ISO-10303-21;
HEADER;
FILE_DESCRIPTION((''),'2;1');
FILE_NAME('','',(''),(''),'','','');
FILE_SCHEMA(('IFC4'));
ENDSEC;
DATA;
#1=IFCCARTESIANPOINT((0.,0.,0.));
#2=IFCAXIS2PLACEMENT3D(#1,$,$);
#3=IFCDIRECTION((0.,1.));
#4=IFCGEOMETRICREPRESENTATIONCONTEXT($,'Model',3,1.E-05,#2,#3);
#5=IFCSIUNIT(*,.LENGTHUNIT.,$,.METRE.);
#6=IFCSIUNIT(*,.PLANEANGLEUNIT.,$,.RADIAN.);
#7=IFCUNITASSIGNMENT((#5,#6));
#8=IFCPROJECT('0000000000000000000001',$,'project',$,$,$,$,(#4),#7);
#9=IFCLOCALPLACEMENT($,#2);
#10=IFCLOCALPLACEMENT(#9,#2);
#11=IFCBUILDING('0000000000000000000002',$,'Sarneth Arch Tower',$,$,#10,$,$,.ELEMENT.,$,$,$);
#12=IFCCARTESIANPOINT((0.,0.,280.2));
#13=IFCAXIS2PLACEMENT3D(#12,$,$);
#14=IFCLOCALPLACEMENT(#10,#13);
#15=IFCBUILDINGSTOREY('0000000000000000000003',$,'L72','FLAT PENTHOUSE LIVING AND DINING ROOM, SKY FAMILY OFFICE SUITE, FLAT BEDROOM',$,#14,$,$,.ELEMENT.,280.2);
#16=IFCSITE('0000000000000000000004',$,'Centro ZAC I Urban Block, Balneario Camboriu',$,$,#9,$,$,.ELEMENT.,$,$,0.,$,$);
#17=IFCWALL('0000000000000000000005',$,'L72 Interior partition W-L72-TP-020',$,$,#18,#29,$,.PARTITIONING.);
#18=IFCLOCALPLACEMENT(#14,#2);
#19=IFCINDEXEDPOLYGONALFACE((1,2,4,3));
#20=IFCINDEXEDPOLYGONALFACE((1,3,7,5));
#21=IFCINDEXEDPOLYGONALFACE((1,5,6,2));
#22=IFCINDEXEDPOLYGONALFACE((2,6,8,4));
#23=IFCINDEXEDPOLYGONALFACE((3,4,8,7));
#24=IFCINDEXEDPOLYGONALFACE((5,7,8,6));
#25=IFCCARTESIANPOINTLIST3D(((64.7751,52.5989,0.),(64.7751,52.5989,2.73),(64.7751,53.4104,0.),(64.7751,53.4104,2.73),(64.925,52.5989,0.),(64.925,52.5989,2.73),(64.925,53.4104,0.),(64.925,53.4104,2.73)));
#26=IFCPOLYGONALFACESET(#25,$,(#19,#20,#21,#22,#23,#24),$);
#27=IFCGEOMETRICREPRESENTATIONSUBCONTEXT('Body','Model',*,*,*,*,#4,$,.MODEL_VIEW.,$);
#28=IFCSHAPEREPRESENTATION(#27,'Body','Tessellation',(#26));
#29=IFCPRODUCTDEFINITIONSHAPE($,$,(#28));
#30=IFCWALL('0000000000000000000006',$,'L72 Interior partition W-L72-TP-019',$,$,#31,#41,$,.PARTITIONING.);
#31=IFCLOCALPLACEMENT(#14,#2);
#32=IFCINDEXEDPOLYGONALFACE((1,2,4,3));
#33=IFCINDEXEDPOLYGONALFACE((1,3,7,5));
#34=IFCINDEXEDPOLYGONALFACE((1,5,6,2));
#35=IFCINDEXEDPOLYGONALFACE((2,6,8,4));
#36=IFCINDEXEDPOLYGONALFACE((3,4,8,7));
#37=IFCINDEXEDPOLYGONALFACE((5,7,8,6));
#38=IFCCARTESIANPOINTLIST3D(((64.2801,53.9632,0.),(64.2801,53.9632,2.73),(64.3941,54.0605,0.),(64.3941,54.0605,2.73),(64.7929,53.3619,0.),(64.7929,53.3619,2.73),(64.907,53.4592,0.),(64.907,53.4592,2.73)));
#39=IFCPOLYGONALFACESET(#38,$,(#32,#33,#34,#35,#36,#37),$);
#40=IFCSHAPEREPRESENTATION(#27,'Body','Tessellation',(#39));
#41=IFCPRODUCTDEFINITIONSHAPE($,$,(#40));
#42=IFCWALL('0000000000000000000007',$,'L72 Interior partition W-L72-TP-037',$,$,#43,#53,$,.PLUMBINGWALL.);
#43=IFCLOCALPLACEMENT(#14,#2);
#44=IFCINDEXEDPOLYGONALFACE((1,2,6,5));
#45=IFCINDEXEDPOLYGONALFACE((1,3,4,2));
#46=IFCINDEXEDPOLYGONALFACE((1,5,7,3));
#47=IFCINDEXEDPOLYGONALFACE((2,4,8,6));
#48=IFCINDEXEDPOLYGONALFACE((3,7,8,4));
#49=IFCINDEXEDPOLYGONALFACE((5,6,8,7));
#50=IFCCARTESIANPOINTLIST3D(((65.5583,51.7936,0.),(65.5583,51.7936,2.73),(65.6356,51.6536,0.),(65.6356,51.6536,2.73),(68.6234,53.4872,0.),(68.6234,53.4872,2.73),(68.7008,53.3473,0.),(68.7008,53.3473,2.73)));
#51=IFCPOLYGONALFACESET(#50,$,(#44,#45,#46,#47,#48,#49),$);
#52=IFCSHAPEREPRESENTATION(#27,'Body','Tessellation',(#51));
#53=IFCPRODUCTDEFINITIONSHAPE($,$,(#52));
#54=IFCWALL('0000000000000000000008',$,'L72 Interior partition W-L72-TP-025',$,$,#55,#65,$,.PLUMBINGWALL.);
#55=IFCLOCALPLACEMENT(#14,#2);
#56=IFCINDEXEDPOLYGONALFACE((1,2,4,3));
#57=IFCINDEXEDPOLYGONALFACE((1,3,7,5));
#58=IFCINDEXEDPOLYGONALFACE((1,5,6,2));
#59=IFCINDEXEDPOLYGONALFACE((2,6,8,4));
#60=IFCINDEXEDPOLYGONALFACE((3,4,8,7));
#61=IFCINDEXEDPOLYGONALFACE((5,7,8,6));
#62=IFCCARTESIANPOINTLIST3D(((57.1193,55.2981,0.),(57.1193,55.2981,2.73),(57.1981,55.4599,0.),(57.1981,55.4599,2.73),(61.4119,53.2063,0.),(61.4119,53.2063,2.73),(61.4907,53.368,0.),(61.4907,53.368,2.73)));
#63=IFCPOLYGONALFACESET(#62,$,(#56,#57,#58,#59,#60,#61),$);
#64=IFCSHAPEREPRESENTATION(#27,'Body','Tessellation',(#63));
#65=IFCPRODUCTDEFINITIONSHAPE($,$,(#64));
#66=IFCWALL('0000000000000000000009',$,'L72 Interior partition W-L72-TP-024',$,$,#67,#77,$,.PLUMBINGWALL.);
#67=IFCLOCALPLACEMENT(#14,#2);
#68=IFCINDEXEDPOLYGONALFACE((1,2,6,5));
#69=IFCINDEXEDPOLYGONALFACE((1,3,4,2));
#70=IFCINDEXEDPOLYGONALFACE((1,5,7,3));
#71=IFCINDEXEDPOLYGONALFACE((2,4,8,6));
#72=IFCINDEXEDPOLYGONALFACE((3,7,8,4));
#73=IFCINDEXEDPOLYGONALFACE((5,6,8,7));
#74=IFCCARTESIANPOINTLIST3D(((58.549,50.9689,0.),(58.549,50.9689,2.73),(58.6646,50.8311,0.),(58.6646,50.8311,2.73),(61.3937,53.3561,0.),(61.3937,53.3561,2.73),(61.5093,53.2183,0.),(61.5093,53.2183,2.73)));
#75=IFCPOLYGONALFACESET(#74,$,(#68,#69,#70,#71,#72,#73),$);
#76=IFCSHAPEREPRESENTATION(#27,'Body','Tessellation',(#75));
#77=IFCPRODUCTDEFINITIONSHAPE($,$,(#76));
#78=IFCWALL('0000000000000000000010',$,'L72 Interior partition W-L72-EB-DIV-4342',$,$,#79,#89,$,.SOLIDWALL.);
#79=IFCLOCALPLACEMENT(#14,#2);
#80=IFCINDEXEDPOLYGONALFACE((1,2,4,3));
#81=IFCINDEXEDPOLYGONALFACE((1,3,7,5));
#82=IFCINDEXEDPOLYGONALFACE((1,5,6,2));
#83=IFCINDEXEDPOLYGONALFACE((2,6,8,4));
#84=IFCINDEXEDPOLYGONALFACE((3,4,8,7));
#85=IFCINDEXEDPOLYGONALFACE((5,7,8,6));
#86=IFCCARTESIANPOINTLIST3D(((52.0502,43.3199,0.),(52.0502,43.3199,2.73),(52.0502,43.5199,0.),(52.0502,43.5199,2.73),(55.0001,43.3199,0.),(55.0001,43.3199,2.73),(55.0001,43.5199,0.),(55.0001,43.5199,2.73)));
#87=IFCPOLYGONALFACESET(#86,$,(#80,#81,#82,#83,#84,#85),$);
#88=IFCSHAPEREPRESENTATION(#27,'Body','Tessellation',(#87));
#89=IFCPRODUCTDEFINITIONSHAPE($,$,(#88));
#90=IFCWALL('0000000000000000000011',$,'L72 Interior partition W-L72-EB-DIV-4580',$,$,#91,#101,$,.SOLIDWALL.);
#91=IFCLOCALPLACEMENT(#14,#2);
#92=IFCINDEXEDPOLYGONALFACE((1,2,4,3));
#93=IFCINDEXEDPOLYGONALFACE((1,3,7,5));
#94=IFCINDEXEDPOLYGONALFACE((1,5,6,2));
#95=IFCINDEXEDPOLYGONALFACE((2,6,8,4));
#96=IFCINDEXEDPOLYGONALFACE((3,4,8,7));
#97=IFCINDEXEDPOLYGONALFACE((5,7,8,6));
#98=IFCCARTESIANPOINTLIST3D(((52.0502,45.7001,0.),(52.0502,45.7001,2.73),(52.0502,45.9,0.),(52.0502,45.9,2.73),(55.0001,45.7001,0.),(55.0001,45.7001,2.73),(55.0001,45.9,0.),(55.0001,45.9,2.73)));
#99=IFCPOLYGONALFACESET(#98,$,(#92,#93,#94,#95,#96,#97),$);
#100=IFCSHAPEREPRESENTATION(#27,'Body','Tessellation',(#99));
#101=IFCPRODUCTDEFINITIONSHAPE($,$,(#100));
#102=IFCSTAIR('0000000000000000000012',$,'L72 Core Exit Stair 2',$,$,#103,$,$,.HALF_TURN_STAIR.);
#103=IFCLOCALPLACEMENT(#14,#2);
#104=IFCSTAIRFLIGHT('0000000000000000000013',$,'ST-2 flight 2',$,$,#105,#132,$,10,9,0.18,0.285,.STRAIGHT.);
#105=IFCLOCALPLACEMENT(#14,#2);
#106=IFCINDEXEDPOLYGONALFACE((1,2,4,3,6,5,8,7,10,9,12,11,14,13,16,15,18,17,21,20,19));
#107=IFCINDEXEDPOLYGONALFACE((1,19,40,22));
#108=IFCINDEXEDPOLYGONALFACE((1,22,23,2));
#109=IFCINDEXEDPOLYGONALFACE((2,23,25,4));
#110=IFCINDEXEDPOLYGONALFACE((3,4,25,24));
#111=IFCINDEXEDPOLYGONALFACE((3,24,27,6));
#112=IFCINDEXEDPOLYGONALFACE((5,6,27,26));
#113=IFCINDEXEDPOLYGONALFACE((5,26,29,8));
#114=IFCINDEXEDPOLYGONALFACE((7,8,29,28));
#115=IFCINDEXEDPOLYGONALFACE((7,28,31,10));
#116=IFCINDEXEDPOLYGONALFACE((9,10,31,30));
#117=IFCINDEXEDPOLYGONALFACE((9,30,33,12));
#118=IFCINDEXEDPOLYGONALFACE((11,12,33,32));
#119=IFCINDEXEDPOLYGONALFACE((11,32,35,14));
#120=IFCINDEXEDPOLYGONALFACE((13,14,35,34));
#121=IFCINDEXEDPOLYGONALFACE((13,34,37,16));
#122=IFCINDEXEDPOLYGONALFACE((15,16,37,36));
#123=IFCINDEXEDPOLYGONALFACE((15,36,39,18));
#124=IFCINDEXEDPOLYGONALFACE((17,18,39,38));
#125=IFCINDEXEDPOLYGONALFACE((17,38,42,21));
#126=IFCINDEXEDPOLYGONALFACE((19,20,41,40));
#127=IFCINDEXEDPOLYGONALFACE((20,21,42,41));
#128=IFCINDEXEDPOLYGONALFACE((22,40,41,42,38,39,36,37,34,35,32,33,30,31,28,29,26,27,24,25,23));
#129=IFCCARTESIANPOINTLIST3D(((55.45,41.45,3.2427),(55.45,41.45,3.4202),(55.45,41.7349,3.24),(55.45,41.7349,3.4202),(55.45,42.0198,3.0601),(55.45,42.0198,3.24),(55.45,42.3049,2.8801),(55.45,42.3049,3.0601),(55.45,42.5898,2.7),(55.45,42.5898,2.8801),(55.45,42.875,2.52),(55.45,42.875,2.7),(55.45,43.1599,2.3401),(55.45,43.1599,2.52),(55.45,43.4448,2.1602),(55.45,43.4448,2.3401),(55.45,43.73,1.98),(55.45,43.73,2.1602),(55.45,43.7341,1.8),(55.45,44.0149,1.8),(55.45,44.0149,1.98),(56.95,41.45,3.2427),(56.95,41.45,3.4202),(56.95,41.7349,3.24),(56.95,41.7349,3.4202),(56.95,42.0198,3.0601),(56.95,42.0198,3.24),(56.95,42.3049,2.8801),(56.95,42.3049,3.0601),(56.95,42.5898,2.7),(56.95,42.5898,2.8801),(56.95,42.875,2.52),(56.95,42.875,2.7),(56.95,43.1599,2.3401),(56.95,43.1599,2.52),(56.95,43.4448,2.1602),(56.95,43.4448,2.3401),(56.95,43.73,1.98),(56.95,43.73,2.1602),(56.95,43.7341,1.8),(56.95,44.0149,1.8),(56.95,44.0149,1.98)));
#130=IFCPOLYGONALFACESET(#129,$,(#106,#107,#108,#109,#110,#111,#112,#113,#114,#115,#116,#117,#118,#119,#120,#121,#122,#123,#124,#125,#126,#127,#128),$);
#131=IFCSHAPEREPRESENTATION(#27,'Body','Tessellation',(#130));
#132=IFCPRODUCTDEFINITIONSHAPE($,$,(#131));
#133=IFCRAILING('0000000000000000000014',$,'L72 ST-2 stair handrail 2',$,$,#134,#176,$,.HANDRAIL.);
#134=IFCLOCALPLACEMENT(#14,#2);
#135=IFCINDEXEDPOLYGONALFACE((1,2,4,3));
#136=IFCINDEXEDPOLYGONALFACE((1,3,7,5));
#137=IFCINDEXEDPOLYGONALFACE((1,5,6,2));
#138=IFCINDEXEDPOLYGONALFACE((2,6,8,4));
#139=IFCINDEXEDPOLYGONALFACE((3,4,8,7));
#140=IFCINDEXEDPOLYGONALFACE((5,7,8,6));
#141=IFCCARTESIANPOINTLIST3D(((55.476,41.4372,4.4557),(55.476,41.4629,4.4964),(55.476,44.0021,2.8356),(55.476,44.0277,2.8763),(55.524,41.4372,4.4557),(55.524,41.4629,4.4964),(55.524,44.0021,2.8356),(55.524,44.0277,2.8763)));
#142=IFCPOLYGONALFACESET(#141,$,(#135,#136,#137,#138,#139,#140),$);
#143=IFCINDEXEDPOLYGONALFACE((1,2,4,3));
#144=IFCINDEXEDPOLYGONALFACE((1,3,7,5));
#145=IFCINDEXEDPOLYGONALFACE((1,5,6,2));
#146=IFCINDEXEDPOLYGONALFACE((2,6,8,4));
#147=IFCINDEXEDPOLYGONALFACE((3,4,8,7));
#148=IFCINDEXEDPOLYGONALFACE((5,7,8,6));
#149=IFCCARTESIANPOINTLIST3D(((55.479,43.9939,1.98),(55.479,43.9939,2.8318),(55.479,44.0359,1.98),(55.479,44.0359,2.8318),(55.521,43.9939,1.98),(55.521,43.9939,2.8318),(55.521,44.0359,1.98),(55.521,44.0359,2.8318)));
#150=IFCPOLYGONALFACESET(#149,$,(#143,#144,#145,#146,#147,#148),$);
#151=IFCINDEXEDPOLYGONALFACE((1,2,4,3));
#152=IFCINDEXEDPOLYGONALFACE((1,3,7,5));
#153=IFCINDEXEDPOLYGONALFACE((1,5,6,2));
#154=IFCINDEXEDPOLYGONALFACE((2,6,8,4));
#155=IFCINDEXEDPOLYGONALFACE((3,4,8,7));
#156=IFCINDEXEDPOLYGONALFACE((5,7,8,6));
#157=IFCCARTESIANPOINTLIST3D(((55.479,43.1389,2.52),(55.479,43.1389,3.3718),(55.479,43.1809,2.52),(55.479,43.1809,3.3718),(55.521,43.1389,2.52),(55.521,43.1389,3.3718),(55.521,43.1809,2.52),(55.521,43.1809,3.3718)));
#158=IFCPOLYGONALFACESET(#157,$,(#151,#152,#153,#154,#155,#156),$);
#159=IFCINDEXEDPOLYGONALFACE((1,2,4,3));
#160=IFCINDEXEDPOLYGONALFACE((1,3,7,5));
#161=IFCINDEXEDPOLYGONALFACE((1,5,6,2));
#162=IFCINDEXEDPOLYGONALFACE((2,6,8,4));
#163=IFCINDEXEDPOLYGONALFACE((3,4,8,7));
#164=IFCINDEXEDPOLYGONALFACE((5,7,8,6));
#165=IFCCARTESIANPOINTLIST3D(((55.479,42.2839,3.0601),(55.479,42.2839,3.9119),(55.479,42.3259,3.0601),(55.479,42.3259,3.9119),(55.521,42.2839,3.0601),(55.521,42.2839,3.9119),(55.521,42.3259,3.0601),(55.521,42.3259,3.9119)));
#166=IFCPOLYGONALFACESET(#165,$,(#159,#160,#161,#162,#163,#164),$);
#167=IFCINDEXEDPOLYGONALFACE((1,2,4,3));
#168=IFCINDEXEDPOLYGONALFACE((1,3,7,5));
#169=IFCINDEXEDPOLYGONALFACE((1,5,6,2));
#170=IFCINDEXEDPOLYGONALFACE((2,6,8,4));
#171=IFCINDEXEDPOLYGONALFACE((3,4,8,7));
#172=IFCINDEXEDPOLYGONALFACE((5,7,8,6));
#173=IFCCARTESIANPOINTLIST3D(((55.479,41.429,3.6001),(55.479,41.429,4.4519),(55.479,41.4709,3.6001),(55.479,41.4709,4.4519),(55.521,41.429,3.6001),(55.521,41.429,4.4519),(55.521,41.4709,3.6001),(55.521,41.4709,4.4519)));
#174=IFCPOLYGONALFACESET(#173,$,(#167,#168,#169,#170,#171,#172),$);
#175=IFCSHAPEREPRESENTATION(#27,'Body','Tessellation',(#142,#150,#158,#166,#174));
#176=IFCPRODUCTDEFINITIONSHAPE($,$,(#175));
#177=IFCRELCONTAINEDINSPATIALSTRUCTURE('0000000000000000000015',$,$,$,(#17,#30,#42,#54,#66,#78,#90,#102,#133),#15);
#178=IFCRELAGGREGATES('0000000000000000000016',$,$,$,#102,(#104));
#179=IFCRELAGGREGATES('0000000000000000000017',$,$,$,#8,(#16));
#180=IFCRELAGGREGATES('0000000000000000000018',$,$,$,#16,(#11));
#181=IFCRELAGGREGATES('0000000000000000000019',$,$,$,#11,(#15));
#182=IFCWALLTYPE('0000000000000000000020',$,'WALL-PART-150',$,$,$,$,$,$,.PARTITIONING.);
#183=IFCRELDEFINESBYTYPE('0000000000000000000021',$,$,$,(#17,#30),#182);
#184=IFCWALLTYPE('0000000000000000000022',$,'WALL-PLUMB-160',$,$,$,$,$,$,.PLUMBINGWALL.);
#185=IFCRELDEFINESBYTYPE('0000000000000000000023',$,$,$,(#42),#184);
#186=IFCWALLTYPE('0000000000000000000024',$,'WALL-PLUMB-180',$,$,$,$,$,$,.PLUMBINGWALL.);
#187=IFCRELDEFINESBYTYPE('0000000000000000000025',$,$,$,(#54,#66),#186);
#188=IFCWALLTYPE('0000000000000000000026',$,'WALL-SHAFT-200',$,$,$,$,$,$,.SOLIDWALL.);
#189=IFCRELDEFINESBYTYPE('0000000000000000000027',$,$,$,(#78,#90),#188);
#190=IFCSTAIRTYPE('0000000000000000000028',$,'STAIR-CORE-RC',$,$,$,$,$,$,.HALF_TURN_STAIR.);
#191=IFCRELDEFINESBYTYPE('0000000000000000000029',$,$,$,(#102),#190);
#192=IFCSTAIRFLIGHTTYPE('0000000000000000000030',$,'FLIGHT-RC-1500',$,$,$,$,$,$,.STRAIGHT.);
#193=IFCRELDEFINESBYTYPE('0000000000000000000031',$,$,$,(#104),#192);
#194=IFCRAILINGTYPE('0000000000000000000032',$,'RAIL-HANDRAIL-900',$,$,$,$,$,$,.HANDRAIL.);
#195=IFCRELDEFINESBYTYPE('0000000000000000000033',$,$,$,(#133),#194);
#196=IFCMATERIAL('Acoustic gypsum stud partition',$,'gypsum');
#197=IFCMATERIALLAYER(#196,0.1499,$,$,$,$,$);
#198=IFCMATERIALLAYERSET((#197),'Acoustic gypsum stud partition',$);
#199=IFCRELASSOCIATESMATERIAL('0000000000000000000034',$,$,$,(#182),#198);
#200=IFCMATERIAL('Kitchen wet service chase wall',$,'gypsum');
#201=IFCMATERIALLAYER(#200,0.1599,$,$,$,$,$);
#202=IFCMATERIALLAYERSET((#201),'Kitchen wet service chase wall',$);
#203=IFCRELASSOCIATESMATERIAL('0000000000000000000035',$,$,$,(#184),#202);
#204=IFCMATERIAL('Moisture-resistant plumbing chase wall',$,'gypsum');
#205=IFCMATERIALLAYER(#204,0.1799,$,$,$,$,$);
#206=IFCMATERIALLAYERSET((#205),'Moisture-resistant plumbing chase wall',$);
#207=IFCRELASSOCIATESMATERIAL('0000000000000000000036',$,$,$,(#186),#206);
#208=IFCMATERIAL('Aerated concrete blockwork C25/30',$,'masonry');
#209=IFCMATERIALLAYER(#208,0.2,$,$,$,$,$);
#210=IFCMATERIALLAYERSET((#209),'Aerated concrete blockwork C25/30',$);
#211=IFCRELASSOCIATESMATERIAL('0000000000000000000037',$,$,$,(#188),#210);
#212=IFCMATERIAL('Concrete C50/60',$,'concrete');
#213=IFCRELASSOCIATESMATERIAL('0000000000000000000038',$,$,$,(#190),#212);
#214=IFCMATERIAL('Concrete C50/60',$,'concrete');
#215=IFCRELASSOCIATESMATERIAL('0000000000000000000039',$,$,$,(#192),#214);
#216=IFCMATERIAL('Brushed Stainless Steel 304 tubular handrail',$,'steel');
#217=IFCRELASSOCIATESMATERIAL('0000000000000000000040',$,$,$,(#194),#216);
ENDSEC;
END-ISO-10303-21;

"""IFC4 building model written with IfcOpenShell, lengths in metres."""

from ifc_helpers import new_model, si_unit, direction, frame, frame_2d, origin, origin_2d, place, context, subcontext, project, spatial, polyline, rectangle, outline, extrude, material, layer, layer_set, type_object, element, aggregate, save


model = new_model("IFC4")

# Units and contexts
model_context = context("Model", 3, precision=1e-05, world=origin(), true_north=direction((0.0, 1.0)))
body_context = subcontext(model_context, "Body", "Model", "MODEL_VIEW")
ifc_project = project(units=[si_unit("LENGTHUNIT", "METRE"), si_unit("PLANEANGLEUNIT", "RADIAN")], contexts=[model_context])

# Site, building, storey
site_placement = place(None, origin())
site = spatial("IfcSite", under=ifc_project, at=site_placement, Name="Centro ZAC I Urban Block, Balneario Camboriu", CompositionType="ELEMENT", RefElevation=0.0)
building_placement = place(site_placement, origin())
building = spatial("IfcBuilding", under=site, at=building_placement, Name="Sarneth Arch Tower", CompositionType="ELEMENT")
storey_placement = place(building_placement, frame((0.0, 0.0, 280.2)))
storey = spatial("IfcBuildingStorey", under=building, at=storey_placement, Name="L72", Description="FLAT PENTHOUSE LIVING AND DINING ROOM, SKY FAMILY OFFICE SUITE, FLAT BEDROOM", CompositionType="ELEMENT", Elevation=280.2)

# Walls
ifc_material_1 = material(Name="Acoustic gypsum stud partition", Category="gypsum")
ifc_layer_1 = layer(ifc_material_1, 0.1499)
ifc_layer_set_1 = layer_set([ifc_layer_1], Name="Acoustic gypsum stud partition")
wall_type_1 = type_object("IfcWallType", Name="WALL-PART-150", PredefinedType="PARTITIONING", material=ifc_layer_set_1)
wall_1_placement = place(storey_placement, frame((64.8501, 53.4104, 0.0), z_axis=(0.0, 0.0, 1.0), x_axis=(0.0, -1.0, 0.0)))
element("IfcWall", 1, at=wall_1_placement, inside=storey, type_object=wall_type_1, Name="L72 Interior partition W-L72-TP-020", PredefinedType="PARTITIONING", context=body_context, shape_type="SweptSolid", body=[
    extrude(rectangle(XDim=0.8115, YDim=0.1499, at=frame_2d((0.4058, 0.0))), origin(), (0.0, 0.0, 1.0), 2.73),
])
wall_2_placement = place(storey_placement, frame((64.3372, 54.0117, 0.0), z_axis=(0.0, 0.0, 1.0), x_axis=(0.648983, -0.760803, 0.0)))
element("IfcWall", 2, at=wall_2_placement, inside=storey, type_object=wall_type_1, Name="L72 Interior partition W-L72-TP-019", PredefinedType="PARTITIONING", context=body_context, shape_type="SweptSolid", body=[
    extrude(rectangle(XDim=0.7903, YDim=0.1499, at=frame_2d((0.395, 0.0))), origin(), (0.0, 0.0, 1.0), 2.73),
])
ifc_material_2 = material(Name="Kitchen wet service chase wall", Category="gypsum")
ifc_layer_2 = layer(ifc_material_2, 0.1599)
ifc_layer_set_2 = layer_set([ifc_layer_2], Name="Kitchen wet service chase wall")
wall_type_2 = type_object("IfcWallType", Name="WALL-PLUMB-160", PredefinedType="PLUMBINGWALL", material=ifc_layer_set_2)
wall_3_placement = place(storey_placement, frame((65.5969, 51.7236, 0.0), z_axis=(0.0, 0.0, 1.0), x_axis=(0.87528, 0.483617, 0.0)))
element("IfcWall", 3, at=wall_3_placement, inside=storey, type_object=wall_type_2, Name="L72 Interior partition W-L72-TP-037", PredefinedType="PLUMBINGWALL", context=body_context, shape_type="SweptSolid", body=[
    extrude(rectangle(XDim=3.502, YDim=0.1599, at=frame_2d((1.751, 0.0))), origin(), (0.0, 0.0, 1.0), 2.73),
])
ifc_material_3 = material(Name="Moisture-resistant plumbing chase wall", Category="gypsum")
ifc_layer_3 = layer(ifc_material_3, 0.1799)
ifc_layer_set_3 = layer_set([ifc_layer_3], Name="Moisture-resistant plumbing chase wall")
wall_type_3 = type_object("IfcWallType", Name="WALL-PLUMB-180", PredefinedType="PLUMBINGWALL", material=ifc_layer_set_3)
wall_4_placement = place(storey_placement, frame((61.4514, 53.2871, 0.0), z_axis=(0.0, 0.0, 1.0), x_axis=(-0.898941, 0.438069, 0.0)))
element("IfcWall", 4, at=wall_4_placement, inside=storey, type_object=wall_type_3, Name="L72 Interior partition W-L72-TP-025", PredefinedType="PLUMBINGWALL", context=body_context, shape_type="SweptSolid", body=[
    extrude(rectangle(XDim=4.7751, YDim=0.1799, at=frame_2d((2.3877, 0.0))), origin(), (0.0, 0.0, 1.0), 2.73),
])
wall_5_placement = place(storey_placement, frame((58.6067, 50.8999, 0.0), z_axis=(0.0, 0.0, 1.0), x_axis=(0.766018, 0.642819, 0.0)))
element("IfcWall", 5, at=wall_5_placement, inside=storey, type_object=wall_type_3, Name="L72 Interior partition W-L72-TP-024", PredefinedType="PLUMBINGWALL", context=body_context, shape_type="SweptSolid", body=[
    extrude(rectangle(XDim=3.7136, YDim=0.1799, at=frame_2d((1.8569, 0.0))), origin(), (0.0, 0.0, 1.0), 2.73),
])
ifc_material_4 = material(Name="Aerated concrete blockwork C25/30", Category="masonry")
ifc_layer_4 = layer(ifc_material_4, 0.2)
ifc_layer_set_4 = layer_set([ifc_layer_4], Name="Aerated concrete blockwork C25/30")
wall_type_4 = type_object("IfcWallType", Name="WALL-SHAFT-200", PredefinedType="SOLIDWALL", material=ifc_layer_set_4)
for number, where, z_axis, x_axis, name in (
    (6, (52.05, 43.4199, 0.0), (0.0, 0.0, 1.0), (1.0, 0.0, 0.0), "L72 Interior partition W-L72-EB-DIV-4342"),
    (7, (52.05, 45.8, 0.0), (0.0, 0.0, 1.0), (1.0, 0.0, 0.0), "L72 Interior partition W-L72-EB-DIV-4580"),
):
    element("IfcWall", number, at=place(storey_placement, frame(where, z_axis=z_axis, x_axis=x_axis)), inside=storey, type_object=wall_type_4, Name=name, PredefinedType="SOLIDWALL", context=body_context, shape_type="SweptSolid", body=[
        extrude(rectangle(XDim=2.95, YDim=0.2, at=frame_2d((1.4751, 0.0))), origin(), (0.0, 0.0, 1.0), 2.73),
    ])

# Stair, stair flight
ifc_material_5 = material(Name="Concrete C50/60", Category="concrete")
stair_type = type_object("IfcStairType", Name="STAIR-CORE-RC", PredefinedType="HALF_TURN_STAIR", material=ifc_material_5)
stair_placement = place(storey_placement, origin())
stair = element("IfcStair", 8, at=stair_placement, inside=storey, type_object=stair_type, Name="L72 Core Exit Stair 2", PredefinedType="HALF_TURN_STAIR")
ifc_material_6 = material(Name="Concrete C50/60", Category="concrete")
stair_flight_type = type_object("IfcStairFlightType", Name="FLIGHT-RC-1500", PredefinedType="STRAIGHT", material=ifc_material_6)
stair_flight_placement = place(storey_placement, frame((56.2, 44.0149, 1.8), z_axis=(0.0, 0.0, 1.0), x_axis=(0.0, -1.0, 0.0)))
stair_flight = element("IfcStairFlight", 9, at=stair_flight_placement, type_object=stair_flight_type, Name="ST-2 flight 2", NumberOfRisers=10, NumberOfTreads=9, PredefinedType="STRAIGHT", RiserHeight=0.18, TreadLength=0.285, context=body_context, shape_type="SweptSolid", body=[
    extrude(outline(polyline([(0.0, 0.0), (0.0, 0.1799), (0.2849, 0.1799), (0.2849, 0.3601), (0.5701, 0.3601), (0.5701, 0.54), (0.855, 0.54), (0.855, 0.72), (1.1399, 0.72), (1.1399, 0.8999), (1.425, 0.8999), (1.425, 1.0801), (1.71, 1.0801), (1.71, 1.26), (1.9951, 1.26), (1.9951, 1.4399), (2.28, 1.4399), (2.28, 1.6201), (2.5649, 1.6201), (2.5649, 1.8), (2.5649, 1.4426), (0.2808, 0.0), (0.0, 0.0)])), frame((0.0, 0.75, 0.0), z_axis=(0.0, -1.0, 0.0), x_axis=(1.0, 0.0, 0.0)), (0.0, 0.0, 1.0), 1.5),
])
aggregate(stair, [stair_flight])

# Railing
ifc_material_7 = material(Name="Brushed Stainless Steel 304 tubular handrail", Category="steel")
railing_type_1 = type_object("IfcRailingType", Name="RAIL-HANDRAIL-900", PredefinedType="HANDRAIL", material=ifc_material_7)
railing_1_placement = place(storey_placement, frame((55.5, 44.0149, 1.98)))
element("IfcRailing", 10, at=railing_1_placement, inside=storey, type_object=railing_type_1, Name="L72 ST-2 stair handrail 2", PredefinedType="HANDRAIL", context=body_context, shape_type="SweptSolid", body=[
    extrude(rectangle(XDim=0.0481, YDim=0.0481, at=origin_2d()), frame((0.0, 0.0, 0.876), z_axis=(0.0, -0.845466, 0.534029), x_axis=(1.0, 0.0, 0.0)), (0.0, 0.0, 1.0), 3.0337),
    extrude(rectangle(XDim=0.042, YDim=0.042, at=origin_2d()), origin(), (0.0, 0.0, 1.0), 0.8518),
    extrude(rectangle(XDim=0.042, YDim=0.042, at=origin_2d()), frame((0.0, -0.855, 0.54)), (0.0, 0.0, 1.0), 0.8518),
    extrude(rectangle(XDim=0.042, YDim=0.042, at=origin_2d()), frame((0.0, -1.71, 1.0801)), (0.0, 0.0, 1.0), 0.8518),
    extrude(rectangle(XDim=0.042, YDim=0.042, at=origin_2d()), frame((0.0, -2.5649, 1.6201)), (0.0, 0.0, 1.0), 0.8518),
])

save(model, "model.ifc")
